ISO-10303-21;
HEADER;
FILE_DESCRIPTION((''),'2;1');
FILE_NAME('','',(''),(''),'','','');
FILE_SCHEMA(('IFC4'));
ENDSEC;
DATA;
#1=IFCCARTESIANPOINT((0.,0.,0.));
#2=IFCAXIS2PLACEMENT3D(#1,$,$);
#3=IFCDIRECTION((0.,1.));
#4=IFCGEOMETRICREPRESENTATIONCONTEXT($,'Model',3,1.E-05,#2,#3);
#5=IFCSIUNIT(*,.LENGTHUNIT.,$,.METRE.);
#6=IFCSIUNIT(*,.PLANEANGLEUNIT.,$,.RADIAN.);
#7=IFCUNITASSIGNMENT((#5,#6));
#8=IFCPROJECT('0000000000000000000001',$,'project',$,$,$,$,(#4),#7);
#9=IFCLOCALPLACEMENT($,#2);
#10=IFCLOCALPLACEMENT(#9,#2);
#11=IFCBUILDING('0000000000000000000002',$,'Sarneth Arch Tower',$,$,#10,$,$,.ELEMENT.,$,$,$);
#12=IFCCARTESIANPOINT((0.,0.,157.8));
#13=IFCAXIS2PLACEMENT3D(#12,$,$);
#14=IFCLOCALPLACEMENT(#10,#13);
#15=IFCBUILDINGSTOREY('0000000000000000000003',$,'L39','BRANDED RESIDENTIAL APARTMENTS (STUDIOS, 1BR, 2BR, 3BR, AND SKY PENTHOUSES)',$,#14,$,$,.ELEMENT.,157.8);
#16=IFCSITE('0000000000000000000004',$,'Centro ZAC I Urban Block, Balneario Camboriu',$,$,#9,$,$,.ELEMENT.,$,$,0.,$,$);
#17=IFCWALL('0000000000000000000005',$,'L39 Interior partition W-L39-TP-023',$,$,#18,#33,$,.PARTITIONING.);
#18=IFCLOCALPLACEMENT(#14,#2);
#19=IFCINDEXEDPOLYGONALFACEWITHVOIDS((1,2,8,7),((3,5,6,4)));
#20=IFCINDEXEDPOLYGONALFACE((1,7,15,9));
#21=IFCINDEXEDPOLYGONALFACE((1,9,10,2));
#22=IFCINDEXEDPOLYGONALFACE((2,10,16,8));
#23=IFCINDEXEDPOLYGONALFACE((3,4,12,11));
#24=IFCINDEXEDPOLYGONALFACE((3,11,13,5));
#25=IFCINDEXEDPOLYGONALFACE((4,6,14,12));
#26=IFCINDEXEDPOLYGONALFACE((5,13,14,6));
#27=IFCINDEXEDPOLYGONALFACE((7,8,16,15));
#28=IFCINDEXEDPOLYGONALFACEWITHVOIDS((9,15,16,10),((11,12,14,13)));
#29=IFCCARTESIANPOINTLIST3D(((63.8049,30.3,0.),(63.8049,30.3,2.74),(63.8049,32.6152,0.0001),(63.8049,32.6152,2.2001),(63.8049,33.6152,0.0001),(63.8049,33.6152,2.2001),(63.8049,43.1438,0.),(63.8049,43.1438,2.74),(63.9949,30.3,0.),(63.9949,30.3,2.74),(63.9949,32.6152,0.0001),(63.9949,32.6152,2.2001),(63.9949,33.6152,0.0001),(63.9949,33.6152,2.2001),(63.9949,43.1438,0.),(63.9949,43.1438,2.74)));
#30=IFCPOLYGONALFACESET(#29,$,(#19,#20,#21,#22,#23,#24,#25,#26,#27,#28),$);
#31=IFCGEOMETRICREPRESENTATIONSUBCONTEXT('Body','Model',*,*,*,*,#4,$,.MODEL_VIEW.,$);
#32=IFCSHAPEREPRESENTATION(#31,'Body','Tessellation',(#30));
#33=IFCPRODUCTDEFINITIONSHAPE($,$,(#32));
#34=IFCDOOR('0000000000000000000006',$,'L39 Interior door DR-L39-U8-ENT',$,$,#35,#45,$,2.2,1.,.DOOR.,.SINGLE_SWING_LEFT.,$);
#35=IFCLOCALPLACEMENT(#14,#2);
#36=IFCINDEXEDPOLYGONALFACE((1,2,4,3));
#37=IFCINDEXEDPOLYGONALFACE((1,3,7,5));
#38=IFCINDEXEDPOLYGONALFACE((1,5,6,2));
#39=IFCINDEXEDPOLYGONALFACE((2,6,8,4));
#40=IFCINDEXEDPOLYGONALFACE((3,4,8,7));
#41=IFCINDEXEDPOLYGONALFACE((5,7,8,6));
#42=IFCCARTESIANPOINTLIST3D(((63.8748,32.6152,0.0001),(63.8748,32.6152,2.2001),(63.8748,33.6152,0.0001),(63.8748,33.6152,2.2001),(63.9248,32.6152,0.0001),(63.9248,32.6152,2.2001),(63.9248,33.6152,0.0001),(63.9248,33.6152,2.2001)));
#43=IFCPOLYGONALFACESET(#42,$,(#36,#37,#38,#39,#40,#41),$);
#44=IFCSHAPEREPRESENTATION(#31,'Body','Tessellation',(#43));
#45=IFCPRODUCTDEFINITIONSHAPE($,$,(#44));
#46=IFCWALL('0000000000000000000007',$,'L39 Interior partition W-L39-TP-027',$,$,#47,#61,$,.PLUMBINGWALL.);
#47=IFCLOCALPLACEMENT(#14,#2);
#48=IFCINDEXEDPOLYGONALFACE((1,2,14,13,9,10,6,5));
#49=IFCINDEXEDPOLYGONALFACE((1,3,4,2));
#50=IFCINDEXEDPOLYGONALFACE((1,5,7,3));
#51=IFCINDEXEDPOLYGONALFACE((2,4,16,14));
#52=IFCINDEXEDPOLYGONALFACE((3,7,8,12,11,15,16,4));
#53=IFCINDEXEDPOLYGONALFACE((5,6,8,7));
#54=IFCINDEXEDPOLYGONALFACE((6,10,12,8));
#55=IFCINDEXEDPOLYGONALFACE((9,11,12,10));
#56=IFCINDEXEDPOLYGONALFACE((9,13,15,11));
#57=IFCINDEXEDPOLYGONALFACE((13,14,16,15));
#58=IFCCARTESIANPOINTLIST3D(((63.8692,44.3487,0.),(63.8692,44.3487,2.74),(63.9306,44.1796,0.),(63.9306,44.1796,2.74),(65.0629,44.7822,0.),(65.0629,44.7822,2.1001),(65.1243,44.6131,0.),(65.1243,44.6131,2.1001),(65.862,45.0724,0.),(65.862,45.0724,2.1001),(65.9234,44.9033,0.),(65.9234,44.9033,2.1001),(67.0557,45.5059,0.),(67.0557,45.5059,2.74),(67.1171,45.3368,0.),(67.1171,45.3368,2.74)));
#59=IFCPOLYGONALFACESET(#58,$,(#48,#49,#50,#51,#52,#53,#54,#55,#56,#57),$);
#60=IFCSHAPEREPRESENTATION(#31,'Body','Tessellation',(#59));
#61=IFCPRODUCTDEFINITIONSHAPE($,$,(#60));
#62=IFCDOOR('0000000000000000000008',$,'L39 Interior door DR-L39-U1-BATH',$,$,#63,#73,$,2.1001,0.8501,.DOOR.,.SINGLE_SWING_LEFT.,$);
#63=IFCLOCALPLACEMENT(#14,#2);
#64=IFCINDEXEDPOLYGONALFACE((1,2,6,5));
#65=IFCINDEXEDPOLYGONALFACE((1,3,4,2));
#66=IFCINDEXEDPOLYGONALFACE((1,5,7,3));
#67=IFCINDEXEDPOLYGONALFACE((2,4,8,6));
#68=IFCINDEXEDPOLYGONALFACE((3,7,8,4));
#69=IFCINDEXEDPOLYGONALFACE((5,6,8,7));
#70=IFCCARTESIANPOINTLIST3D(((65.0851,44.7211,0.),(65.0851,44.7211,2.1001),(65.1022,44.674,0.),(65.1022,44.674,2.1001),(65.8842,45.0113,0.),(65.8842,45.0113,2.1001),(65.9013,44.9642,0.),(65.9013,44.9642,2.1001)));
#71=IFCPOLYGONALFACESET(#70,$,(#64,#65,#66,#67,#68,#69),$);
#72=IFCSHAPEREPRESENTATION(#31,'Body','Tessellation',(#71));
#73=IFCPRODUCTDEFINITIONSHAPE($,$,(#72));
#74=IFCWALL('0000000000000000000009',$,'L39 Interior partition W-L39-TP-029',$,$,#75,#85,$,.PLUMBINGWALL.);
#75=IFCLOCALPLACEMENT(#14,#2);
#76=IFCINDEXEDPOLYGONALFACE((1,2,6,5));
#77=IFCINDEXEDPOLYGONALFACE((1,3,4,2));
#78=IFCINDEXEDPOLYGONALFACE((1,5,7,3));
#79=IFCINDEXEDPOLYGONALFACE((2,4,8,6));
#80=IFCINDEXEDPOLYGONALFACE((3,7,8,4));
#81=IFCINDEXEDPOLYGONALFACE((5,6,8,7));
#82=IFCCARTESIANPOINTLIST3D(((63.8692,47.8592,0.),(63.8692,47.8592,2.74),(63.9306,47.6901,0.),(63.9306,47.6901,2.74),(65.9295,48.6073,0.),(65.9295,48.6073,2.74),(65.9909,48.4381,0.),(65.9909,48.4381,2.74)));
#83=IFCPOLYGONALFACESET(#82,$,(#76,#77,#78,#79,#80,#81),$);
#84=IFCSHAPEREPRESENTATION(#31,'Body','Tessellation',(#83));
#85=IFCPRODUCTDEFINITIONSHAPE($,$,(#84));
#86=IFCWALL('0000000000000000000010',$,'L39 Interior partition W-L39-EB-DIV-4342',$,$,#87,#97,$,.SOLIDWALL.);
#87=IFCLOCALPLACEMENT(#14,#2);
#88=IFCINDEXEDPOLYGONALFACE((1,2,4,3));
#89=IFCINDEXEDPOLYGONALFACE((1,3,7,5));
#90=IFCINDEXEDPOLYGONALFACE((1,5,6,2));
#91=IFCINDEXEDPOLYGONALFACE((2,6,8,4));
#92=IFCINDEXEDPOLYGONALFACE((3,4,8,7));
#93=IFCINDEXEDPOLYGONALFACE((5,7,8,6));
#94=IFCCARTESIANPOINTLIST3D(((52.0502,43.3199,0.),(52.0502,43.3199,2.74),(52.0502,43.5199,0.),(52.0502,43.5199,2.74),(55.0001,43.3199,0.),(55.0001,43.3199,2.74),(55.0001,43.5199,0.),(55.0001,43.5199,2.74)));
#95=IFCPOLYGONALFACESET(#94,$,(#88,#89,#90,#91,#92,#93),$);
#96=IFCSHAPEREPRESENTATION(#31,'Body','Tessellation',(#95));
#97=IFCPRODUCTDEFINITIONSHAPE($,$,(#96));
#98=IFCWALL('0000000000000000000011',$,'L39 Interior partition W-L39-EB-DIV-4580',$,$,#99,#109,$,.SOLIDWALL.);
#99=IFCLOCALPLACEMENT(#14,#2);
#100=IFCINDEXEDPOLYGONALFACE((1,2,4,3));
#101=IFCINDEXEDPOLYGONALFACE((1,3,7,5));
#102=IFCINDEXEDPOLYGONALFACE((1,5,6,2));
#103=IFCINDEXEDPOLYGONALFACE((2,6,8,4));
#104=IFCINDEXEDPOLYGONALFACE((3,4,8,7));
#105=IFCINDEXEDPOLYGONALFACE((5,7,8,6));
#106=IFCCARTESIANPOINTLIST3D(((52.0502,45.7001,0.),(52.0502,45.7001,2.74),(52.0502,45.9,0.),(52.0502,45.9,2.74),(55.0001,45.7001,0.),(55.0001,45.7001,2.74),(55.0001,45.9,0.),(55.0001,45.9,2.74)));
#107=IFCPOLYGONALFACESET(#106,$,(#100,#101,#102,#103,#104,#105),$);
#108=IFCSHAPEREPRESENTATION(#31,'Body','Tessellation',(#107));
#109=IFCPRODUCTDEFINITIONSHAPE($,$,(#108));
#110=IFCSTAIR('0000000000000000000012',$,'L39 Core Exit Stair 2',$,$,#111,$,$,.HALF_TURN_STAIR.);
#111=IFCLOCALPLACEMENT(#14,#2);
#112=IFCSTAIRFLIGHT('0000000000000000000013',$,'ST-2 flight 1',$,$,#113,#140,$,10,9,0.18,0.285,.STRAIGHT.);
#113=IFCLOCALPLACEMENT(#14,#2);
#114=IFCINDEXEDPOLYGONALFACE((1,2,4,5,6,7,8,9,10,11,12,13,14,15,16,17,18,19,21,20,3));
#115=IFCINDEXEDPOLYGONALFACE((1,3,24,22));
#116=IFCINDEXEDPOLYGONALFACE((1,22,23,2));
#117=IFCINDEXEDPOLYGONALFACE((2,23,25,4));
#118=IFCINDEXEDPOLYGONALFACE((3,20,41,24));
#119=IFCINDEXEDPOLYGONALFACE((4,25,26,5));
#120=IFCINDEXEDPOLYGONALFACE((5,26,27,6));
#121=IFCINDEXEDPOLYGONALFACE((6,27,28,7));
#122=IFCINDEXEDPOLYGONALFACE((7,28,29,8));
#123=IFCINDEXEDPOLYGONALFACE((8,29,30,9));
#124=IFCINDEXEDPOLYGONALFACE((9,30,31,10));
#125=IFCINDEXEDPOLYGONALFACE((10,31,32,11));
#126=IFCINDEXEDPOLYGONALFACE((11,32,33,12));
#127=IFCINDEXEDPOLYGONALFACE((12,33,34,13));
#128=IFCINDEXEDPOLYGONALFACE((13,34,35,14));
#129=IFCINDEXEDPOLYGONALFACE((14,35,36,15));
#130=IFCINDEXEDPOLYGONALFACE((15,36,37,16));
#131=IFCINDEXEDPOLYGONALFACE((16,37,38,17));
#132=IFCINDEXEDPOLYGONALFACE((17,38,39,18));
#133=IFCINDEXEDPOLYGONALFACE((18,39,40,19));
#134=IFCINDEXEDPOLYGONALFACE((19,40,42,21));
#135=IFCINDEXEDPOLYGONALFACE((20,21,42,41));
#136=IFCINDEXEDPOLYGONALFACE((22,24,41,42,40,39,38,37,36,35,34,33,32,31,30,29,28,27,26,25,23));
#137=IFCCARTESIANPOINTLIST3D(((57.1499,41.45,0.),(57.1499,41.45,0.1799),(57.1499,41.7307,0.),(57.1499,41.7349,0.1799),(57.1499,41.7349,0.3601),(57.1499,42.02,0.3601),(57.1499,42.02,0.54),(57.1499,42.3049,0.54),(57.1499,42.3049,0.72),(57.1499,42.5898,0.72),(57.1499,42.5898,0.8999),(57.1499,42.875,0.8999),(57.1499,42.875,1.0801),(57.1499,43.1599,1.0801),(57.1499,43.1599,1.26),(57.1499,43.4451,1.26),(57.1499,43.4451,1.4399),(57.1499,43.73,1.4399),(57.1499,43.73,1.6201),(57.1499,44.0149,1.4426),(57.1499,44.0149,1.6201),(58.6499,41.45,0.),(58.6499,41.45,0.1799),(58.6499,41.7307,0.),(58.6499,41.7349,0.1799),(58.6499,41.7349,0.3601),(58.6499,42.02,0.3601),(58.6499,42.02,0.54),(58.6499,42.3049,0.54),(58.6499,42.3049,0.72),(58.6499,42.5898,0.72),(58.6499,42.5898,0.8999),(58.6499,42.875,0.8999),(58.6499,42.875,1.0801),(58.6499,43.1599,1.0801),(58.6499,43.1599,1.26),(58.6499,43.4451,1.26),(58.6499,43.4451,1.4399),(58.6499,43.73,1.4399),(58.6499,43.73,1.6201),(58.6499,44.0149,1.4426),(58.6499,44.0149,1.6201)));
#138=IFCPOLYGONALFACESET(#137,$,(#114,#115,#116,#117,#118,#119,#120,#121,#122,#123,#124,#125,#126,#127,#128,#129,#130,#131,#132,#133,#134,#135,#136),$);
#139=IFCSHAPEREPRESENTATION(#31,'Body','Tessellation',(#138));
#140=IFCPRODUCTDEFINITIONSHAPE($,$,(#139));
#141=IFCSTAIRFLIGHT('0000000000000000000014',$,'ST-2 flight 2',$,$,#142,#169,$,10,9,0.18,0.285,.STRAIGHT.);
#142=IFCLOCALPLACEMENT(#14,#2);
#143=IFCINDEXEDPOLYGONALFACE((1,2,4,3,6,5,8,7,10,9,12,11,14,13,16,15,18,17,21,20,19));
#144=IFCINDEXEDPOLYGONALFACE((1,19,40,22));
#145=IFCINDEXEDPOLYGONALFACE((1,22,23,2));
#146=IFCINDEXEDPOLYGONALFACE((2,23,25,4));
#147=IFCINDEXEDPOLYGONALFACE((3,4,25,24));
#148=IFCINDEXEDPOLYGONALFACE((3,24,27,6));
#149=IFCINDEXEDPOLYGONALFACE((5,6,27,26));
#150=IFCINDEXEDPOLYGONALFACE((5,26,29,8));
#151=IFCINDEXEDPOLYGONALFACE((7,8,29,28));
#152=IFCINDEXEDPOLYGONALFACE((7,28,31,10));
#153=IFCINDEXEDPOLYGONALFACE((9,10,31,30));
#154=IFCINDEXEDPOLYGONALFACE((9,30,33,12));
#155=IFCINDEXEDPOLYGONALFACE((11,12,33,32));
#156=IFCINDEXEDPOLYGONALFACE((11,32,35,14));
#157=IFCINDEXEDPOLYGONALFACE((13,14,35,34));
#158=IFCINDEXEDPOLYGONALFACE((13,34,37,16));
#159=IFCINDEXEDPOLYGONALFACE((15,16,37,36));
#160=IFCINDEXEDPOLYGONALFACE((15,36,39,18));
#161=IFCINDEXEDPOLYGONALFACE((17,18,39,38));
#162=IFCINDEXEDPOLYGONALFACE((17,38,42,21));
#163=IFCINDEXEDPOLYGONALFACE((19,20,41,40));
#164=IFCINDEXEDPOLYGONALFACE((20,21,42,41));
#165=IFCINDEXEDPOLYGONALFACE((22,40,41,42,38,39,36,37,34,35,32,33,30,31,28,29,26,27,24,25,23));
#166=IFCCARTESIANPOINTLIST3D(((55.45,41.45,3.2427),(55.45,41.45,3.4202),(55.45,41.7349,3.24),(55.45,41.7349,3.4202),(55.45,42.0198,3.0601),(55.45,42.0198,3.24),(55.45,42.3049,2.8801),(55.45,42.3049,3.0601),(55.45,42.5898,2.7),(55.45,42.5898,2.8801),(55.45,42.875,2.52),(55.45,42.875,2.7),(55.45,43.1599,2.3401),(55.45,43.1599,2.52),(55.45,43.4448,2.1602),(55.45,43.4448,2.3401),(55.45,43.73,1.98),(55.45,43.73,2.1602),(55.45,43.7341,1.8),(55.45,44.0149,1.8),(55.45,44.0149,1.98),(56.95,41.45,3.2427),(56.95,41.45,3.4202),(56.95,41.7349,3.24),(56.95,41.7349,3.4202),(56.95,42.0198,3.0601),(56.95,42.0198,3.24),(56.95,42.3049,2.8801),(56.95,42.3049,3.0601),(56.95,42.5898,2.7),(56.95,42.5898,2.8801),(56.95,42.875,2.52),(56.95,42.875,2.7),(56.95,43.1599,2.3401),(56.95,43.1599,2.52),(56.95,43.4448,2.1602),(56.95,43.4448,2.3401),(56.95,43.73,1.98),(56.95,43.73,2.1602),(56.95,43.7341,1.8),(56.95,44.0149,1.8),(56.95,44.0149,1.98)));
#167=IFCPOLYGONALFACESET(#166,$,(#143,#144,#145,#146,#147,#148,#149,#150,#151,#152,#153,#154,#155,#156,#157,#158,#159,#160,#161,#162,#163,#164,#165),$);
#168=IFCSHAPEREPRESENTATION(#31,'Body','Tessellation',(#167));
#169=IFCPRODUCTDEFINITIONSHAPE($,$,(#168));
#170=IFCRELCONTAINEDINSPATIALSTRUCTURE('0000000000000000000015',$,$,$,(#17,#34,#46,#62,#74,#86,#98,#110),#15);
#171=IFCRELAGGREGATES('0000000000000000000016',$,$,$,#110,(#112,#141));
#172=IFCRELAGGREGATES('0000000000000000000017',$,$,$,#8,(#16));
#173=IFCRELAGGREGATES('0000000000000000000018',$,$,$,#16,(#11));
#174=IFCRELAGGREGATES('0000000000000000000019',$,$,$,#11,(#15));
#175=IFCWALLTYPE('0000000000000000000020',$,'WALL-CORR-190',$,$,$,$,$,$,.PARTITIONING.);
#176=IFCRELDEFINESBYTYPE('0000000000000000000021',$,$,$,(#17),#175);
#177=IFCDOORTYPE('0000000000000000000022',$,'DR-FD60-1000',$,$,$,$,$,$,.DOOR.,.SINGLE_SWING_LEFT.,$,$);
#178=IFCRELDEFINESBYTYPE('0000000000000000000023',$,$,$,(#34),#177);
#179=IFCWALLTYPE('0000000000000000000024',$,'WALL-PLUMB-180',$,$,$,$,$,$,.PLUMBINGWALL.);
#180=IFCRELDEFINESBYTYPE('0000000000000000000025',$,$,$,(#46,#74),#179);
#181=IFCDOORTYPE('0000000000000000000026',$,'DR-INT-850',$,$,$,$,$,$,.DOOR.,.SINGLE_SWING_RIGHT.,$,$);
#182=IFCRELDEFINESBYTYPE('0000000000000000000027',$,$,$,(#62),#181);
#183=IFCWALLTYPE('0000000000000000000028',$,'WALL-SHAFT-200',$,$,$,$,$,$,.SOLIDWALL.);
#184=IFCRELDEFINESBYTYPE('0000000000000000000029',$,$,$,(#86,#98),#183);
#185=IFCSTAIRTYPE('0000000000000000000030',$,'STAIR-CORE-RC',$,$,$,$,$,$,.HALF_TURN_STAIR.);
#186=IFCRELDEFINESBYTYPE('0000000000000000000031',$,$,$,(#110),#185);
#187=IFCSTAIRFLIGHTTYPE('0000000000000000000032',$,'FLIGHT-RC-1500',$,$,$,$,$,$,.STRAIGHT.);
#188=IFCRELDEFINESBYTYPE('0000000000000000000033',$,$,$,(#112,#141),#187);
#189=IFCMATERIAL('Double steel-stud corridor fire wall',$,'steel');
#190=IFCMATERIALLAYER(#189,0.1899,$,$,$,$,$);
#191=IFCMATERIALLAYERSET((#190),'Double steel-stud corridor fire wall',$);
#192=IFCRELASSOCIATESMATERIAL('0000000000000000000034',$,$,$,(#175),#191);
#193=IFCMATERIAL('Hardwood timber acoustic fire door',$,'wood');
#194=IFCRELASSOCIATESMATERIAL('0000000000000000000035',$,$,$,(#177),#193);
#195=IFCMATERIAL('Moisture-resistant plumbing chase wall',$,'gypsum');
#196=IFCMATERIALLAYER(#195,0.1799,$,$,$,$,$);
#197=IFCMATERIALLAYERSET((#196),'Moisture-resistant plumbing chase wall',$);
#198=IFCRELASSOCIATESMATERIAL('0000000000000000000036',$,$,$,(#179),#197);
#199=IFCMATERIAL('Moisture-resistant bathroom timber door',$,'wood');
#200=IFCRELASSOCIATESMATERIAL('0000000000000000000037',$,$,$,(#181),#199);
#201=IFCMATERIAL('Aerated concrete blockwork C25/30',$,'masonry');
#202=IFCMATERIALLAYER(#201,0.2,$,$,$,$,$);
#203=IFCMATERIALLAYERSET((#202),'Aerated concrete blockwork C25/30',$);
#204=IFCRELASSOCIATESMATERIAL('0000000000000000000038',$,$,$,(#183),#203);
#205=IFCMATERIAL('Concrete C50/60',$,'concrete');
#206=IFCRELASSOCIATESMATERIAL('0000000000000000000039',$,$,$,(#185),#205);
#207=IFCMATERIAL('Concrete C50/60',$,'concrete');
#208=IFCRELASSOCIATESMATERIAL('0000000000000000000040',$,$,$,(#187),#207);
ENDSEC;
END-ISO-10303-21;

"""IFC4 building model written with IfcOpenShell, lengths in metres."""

from ifc_helpers import new_model, si_unit, direction, frame, frame_2d, origin, place, context, subcontext, project, spatial, polyline, rectangle, outline, extrude, material, layer, layer_set, type_object, element, fill, aggregate, save


model = new_model("IFC4")

# Units and contexts
model_context = context("Model", 3, precision=1e-05, world=origin(), true_north=direction((0.0, 1.0)))
body_context = subcontext(model_context, "Body", "Model", "MODEL_VIEW")
ifc_project = project(units=[si_unit("LENGTHUNIT", "METRE"), si_unit("PLANEANGLEUNIT", "RADIAN")], contexts=[model_context])

# Site, building, storey
site_placement = place(None, origin())
site = spatial("IfcSite", under=ifc_project, at=site_placement, Name="Centro ZAC I Urban Block, Balneario Camboriu", CompositionType="ELEMENT", RefElevation=0.0)
building_placement = place(site_placement, origin())
building = spatial("IfcBuilding", under=site, at=building_placement, Name="Sarneth Arch Tower", CompositionType="ELEMENT")
storey_placement = place(building_placement, frame((0.0, 0.0, 157.8)))
storey = spatial("IfcBuildingStorey", under=building, at=storey_placement, Name="L39", Description="BRANDED RESIDENTIAL APARTMENTS (STUDIOS, 1BR, 2BR, 3BR, AND SKY PENTHOUSES)", CompositionType="ELEMENT", Elevation=157.8)

# Walls, openings, doors
ifc_material_1 = material(Name="Double steel-stud corridor fire wall", Category="steel")
ifc_layer_1 = layer(ifc_material_1, 0.1899)
ifc_layer_set_1 = layer_set([ifc_layer_1], Name="Double steel-stud corridor fire wall")
wall_type_1 = type_object("IfcWallType", Name="WALL-CORR-190", PredefinedType="PARTITIONING", material=ifc_layer_set_1)
ifc_material_2 = material(Name="Hardwood timber acoustic fire door", Category="wood")
door_type_1 = type_object("IfcDoorType", Name="DR-FD60-1000", OperationType="SINGLE_SWING_LEFT", PredefinedType="DOOR", material=ifc_material_2)
wall_1_placement = place(storey_placement, frame((63.8999, 43.1438, 0.0), z_axis=(0.0, 0.0, 1.0), x_axis=(0.0, -1.0, 0.0)))
wall_1 = element("IfcWall", 1, at=wall_1_placement, inside=storey, type_object=wall_type_1, Name="L39 Interior partition W-L39-TP-023", PredefinedType="PARTITIONING", context=body_context, shape_type="SweptSolid", body=[
    extrude(rectangle(XDim=12.8438, YDim=0.1899, at=frame_2d((6.4219, 0.0))), origin(), (0.0, 0.0, 1.0), 2.74),
])
opening_1_placement = place(wall_1_placement, frame((9.5286, 0.0, 0.0)))
opening_1 = element("IfcOpeningElement", 2, at=opening_1_placement, cuts=wall_1, PredefinedType="OPENING", context=body_context, shape_type="SweptSolid", body=[
    extrude(rectangle(XDim=1.0, YDim=2.2, at=frame_2d((0.5, 1.1001))), frame((0.0, 0.105, 0.0), z_axis=(0.0, -1.0, 0.0), x_axis=(1.0, 0.0, 0.0)), (0.0, 0.0, 1.0), 0.21),
])
door_1_placement = place(opening_1_placement, origin())
door_1 = element("IfcDoor", 3, at=door_1_placement, inside=storey, type_object=door_type_1, Name="L39 Interior door DR-L39-U8-ENT", OperationType="SINGLE_SWING_LEFT", OverallHeight=2.2, OverallWidth=1.0, PredefinedType="DOOR", context=body_context, shape_type="SweptSolid", body=[
    extrude(rectangle(XDim=1.0, YDim=2.2, at=frame_2d((0.5, 1.1001))), frame((0.0, 0.0249, 0.0), z_axis=(0.0, -1.0, 0.0), x_axis=(1.0, 0.0, 0.0)), (0.0, 0.0, 1.0), 0.05),
])
fill(opening_1, door_1)
ifc_material_3 = material(Name="Moisture-resistant plumbing chase wall", Category="gypsum")
ifc_layer_2 = layer(ifc_material_3, 0.1799)
ifc_layer_set_2 = layer_set([ifc_layer_2], Name="Moisture-resistant plumbing chase wall")
wall_type_2 = type_object("IfcWallType", Name="WALL-PLUMB-180", PredefinedType="PLUMBINGWALL", material=ifc_layer_set_2)
wall_2_placement = place(storey_placement, frame((63.8999, 44.2642, 0.0), z_axis=(0.0, 0.0, 1.0), x_axis=(0.939936, 0.34135, 0.0)))
wall_2 = element("IfcWall", 4, at=wall_2_placement, inside=storey, type_object=wall_type_2, Name="L39 Interior partition W-L39-TP-027", PredefinedType="PLUMBINGWALL", context=body_context, shape_type="SweptSolid", body=[
    extrude(rectangle(XDim=3.3901, YDim=0.1799, at=frame_2d((1.6951, 0.0))), origin(), (0.0, 0.0, 1.0), 2.74),
])
opening_2_placement = place(wall_2_placement, frame((1.27, 0.0, 0.0)))
opening_2 = element("IfcOpeningElement", 5, at=opening_2_placement, cuts=wall_2, PredefinedType="OPENING", context=body_context, shape_type="SweptSolid", body=[
    extrude(rectangle(XDim=0.8501, YDim=2.1001, at=frame_2d((0.425, 1.05))), frame((0.0, 0.0999, 0.0), z_axis=(0.0, -1.0, 0.0), x_axis=(1.0, 0.0, 0.0)), (0.0, 0.0, 1.0), 0.2),
])
ifc_material_4 = material(Name="Moisture-resistant bathroom timber door", Category="wood")
door_type_2 = type_object("IfcDoorType", Name="DR-INT-850", OperationType="SINGLE_SWING_RIGHT", PredefinedType="DOOR", material=ifc_material_4)
door_2_placement = place(opening_2_placement, origin())
door_2 = element("IfcDoor", 6, at=door_2_placement, inside=storey, type_object=door_type_2, Name="L39 Interior door DR-L39-U1-BATH", OperationType="SINGLE_SWING_LEFT", OverallHeight=2.1001, OverallWidth=0.8501, PredefinedType="DOOR", context=body_context, shape_type="SweptSolid", body=[
    extrude(rectangle(XDim=0.8501, YDim=2.1001, at=frame_2d((0.425, 1.05))), frame((0.0, 0.0249, 0.0), z_axis=(0.0, -1.0, 0.0), x_axis=(1.0, 0.0, 0.0)), (0.0, 0.0, 1.0), 0.05),
])
fill(opening_2, door_2)

# Walls
wall_3_placement = place(storey_placement, frame((65.9602, 48.5227, 0.0), z_axis=(0.0, 0.0, 1.0), x_axis=(-0.939962, -0.341278, 0.0)))
element("IfcWall", 7, at=wall_3_placement, inside=storey, type_object=wall_type_2, Name="L39 Interior partition W-L39-TP-029", PredefinedType="PLUMBINGWALL", context=body_context, shape_type="SweptSolid", body=[
    extrude(rectangle(XDim=2.1919, YDim=0.1799, at=frame_2d((1.0959, 0.0))), origin(), (0.0, 0.0, 1.0), 2.74),
])
ifc_material_5 = material(Name="Aerated concrete blockwork C25/30", Category="masonry")
ifc_layer_3 = layer(ifc_material_5, 0.2)
ifc_layer_set_3 = layer_set([ifc_layer_3], Name="Aerated concrete blockwork C25/30")
wall_type_3 = type_object("IfcWallType", Name="WALL-SHAFT-200", PredefinedType="SOLIDWALL", material=ifc_layer_set_3)
for number, where, z_axis, x_axis, name in (
    (8, (52.05, 43.4199, 0.0), (0.0, 0.0, 1.0), (1.0, 0.0, 0.0), "L39 Interior partition W-L39-EB-DIV-4342"),
    (9, (52.05, 45.8, 0.0), (0.0, 0.0, 1.0), (1.0, 0.0, 0.0), "L39 Interior partition W-L39-EB-DIV-4580"),
):
    element("IfcWall", number, at=place(storey_placement, frame(where, z_axis=z_axis, x_axis=x_axis)), inside=storey, type_object=wall_type_3, Name=name, PredefinedType="SOLIDWALL", context=body_context, shape_type="SweptSolid", body=[
        extrude(rectangle(XDim=2.95, YDim=0.2, at=frame_2d((1.4751, 0.0))), origin(), (0.0, 0.0, 1.0), 2.74),
    ])

# Stair, stair flights
ifc_material_6 = material(Name="Concrete C50/60", Category="concrete")
stair_type = type_object("IfcStairType", Name="STAIR-CORE-RC", PredefinedType="HALF_TURN_STAIR", material=ifc_material_6)
stair_placement = place(storey_placement, origin())
stair = element("IfcStair", 10, at=stair_placement, inside=storey, type_object=stair_type, Name="L39 Core Exit Stair 2", PredefinedType="HALF_TURN_STAIR")
ifc_material_7 = material(Name="Concrete C50/60", Category="concrete")
stair_flight_type = type_object("IfcStairFlightType", Name="FLIGHT-RC-1500", PredefinedType="STRAIGHT", material=ifc_material_7)
stair_flight_1_placement = place(storey_placement, frame((57.8999, 41.45, 0.0), z_axis=(0.0, 0.0, 1.0), x_axis=(0.0, 1.0, 0.0)))
stair_flight_1 = element("IfcStairFlight", 11, at=stair_flight_1_placement, type_object=stair_flight_type, Name="ST-2 flight 1", NumberOfRisers=10, NumberOfTreads=9, PredefinedType="STRAIGHT", RiserHeight=0.18, TreadLength=0.285, context=body_context, shape_type="SweptSolid", body=[
    extrude(outline(polyline([(0.0, 0.0), (0.0, 0.1799), (0.2849, 0.1799), (0.2849, 0.3601), (0.5701, 0.3601), (0.5701, 0.54), (0.855, 0.54), (0.855, 0.72), (1.1399, 0.72), (1.1399, 0.8999), (1.425, 0.8999), (1.425, 1.0801), (1.71, 1.0801), (1.71, 1.26), (1.9951, 1.26), (1.9951, 1.4399), (2.28, 1.4399), (2.28, 1.6201), (2.5649, 1.6201), (2.5649, 1.8), (2.5649, 1.4426), (0.2808, 0.0), (0.0, 0.0)])), frame((0.0, 0.75, 0.0), z_axis=(0.0, -1.0, 0.0), x_axis=(1.0, 0.0, 0.0)), (0.0, 0.0, 1.0), 1.5),
])
stair_flight_2_placement = place(storey_placement, frame((56.2, 44.0149, 1.8), z_axis=(0.0, 0.0, 1.0), x_axis=(0.0, -1.0, 0.0)))
stair_flight_2 = element("IfcStairFlight", 12, at=stair_flight_2_placement, type_object=stair_flight_type, Name="ST-2 flight 2", NumberOfRisers=10, NumberOfTreads=9, PredefinedType="STRAIGHT", RiserHeight=0.18, TreadLength=0.285, context=body_context, shape_type="SweptSolid", body=[
    extrude(outline(polyline([(0.0, 0.0), (0.0, 0.1799), (0.2849, 0.1799), (0.2849, 0.3601), (0.5701, 0.3601), (0.5701, 0.54), (0.855, 0.54), (0.855, 0.72), (1.1399, 0.72), (1.1399, 0.8999), (1.425, 0.8999), (1.425, 1.0801), (1.71, 1.0801), (1.71, 1.26), (1.9951, 1.26), (1.9951, 1.4399), (2.28, 1.4399), (2.28, 1.6201), (2.5649, 1.6201), (2.5649, 1.8), (2.5649, 1.4426), (0.2808, 0.0), (0.0, 0.0)])), frame((0.0, 0.75, 0.0), z_axis=(0.0, -1.0, 0.0), x_axis=(1.0, 0.0, 0.0)), (0.0, 0.0, 1.0), 1.5),
])
aggregate(stair, [stair_flight_1, stair_flight_2])

save(model, "model.ifc")
